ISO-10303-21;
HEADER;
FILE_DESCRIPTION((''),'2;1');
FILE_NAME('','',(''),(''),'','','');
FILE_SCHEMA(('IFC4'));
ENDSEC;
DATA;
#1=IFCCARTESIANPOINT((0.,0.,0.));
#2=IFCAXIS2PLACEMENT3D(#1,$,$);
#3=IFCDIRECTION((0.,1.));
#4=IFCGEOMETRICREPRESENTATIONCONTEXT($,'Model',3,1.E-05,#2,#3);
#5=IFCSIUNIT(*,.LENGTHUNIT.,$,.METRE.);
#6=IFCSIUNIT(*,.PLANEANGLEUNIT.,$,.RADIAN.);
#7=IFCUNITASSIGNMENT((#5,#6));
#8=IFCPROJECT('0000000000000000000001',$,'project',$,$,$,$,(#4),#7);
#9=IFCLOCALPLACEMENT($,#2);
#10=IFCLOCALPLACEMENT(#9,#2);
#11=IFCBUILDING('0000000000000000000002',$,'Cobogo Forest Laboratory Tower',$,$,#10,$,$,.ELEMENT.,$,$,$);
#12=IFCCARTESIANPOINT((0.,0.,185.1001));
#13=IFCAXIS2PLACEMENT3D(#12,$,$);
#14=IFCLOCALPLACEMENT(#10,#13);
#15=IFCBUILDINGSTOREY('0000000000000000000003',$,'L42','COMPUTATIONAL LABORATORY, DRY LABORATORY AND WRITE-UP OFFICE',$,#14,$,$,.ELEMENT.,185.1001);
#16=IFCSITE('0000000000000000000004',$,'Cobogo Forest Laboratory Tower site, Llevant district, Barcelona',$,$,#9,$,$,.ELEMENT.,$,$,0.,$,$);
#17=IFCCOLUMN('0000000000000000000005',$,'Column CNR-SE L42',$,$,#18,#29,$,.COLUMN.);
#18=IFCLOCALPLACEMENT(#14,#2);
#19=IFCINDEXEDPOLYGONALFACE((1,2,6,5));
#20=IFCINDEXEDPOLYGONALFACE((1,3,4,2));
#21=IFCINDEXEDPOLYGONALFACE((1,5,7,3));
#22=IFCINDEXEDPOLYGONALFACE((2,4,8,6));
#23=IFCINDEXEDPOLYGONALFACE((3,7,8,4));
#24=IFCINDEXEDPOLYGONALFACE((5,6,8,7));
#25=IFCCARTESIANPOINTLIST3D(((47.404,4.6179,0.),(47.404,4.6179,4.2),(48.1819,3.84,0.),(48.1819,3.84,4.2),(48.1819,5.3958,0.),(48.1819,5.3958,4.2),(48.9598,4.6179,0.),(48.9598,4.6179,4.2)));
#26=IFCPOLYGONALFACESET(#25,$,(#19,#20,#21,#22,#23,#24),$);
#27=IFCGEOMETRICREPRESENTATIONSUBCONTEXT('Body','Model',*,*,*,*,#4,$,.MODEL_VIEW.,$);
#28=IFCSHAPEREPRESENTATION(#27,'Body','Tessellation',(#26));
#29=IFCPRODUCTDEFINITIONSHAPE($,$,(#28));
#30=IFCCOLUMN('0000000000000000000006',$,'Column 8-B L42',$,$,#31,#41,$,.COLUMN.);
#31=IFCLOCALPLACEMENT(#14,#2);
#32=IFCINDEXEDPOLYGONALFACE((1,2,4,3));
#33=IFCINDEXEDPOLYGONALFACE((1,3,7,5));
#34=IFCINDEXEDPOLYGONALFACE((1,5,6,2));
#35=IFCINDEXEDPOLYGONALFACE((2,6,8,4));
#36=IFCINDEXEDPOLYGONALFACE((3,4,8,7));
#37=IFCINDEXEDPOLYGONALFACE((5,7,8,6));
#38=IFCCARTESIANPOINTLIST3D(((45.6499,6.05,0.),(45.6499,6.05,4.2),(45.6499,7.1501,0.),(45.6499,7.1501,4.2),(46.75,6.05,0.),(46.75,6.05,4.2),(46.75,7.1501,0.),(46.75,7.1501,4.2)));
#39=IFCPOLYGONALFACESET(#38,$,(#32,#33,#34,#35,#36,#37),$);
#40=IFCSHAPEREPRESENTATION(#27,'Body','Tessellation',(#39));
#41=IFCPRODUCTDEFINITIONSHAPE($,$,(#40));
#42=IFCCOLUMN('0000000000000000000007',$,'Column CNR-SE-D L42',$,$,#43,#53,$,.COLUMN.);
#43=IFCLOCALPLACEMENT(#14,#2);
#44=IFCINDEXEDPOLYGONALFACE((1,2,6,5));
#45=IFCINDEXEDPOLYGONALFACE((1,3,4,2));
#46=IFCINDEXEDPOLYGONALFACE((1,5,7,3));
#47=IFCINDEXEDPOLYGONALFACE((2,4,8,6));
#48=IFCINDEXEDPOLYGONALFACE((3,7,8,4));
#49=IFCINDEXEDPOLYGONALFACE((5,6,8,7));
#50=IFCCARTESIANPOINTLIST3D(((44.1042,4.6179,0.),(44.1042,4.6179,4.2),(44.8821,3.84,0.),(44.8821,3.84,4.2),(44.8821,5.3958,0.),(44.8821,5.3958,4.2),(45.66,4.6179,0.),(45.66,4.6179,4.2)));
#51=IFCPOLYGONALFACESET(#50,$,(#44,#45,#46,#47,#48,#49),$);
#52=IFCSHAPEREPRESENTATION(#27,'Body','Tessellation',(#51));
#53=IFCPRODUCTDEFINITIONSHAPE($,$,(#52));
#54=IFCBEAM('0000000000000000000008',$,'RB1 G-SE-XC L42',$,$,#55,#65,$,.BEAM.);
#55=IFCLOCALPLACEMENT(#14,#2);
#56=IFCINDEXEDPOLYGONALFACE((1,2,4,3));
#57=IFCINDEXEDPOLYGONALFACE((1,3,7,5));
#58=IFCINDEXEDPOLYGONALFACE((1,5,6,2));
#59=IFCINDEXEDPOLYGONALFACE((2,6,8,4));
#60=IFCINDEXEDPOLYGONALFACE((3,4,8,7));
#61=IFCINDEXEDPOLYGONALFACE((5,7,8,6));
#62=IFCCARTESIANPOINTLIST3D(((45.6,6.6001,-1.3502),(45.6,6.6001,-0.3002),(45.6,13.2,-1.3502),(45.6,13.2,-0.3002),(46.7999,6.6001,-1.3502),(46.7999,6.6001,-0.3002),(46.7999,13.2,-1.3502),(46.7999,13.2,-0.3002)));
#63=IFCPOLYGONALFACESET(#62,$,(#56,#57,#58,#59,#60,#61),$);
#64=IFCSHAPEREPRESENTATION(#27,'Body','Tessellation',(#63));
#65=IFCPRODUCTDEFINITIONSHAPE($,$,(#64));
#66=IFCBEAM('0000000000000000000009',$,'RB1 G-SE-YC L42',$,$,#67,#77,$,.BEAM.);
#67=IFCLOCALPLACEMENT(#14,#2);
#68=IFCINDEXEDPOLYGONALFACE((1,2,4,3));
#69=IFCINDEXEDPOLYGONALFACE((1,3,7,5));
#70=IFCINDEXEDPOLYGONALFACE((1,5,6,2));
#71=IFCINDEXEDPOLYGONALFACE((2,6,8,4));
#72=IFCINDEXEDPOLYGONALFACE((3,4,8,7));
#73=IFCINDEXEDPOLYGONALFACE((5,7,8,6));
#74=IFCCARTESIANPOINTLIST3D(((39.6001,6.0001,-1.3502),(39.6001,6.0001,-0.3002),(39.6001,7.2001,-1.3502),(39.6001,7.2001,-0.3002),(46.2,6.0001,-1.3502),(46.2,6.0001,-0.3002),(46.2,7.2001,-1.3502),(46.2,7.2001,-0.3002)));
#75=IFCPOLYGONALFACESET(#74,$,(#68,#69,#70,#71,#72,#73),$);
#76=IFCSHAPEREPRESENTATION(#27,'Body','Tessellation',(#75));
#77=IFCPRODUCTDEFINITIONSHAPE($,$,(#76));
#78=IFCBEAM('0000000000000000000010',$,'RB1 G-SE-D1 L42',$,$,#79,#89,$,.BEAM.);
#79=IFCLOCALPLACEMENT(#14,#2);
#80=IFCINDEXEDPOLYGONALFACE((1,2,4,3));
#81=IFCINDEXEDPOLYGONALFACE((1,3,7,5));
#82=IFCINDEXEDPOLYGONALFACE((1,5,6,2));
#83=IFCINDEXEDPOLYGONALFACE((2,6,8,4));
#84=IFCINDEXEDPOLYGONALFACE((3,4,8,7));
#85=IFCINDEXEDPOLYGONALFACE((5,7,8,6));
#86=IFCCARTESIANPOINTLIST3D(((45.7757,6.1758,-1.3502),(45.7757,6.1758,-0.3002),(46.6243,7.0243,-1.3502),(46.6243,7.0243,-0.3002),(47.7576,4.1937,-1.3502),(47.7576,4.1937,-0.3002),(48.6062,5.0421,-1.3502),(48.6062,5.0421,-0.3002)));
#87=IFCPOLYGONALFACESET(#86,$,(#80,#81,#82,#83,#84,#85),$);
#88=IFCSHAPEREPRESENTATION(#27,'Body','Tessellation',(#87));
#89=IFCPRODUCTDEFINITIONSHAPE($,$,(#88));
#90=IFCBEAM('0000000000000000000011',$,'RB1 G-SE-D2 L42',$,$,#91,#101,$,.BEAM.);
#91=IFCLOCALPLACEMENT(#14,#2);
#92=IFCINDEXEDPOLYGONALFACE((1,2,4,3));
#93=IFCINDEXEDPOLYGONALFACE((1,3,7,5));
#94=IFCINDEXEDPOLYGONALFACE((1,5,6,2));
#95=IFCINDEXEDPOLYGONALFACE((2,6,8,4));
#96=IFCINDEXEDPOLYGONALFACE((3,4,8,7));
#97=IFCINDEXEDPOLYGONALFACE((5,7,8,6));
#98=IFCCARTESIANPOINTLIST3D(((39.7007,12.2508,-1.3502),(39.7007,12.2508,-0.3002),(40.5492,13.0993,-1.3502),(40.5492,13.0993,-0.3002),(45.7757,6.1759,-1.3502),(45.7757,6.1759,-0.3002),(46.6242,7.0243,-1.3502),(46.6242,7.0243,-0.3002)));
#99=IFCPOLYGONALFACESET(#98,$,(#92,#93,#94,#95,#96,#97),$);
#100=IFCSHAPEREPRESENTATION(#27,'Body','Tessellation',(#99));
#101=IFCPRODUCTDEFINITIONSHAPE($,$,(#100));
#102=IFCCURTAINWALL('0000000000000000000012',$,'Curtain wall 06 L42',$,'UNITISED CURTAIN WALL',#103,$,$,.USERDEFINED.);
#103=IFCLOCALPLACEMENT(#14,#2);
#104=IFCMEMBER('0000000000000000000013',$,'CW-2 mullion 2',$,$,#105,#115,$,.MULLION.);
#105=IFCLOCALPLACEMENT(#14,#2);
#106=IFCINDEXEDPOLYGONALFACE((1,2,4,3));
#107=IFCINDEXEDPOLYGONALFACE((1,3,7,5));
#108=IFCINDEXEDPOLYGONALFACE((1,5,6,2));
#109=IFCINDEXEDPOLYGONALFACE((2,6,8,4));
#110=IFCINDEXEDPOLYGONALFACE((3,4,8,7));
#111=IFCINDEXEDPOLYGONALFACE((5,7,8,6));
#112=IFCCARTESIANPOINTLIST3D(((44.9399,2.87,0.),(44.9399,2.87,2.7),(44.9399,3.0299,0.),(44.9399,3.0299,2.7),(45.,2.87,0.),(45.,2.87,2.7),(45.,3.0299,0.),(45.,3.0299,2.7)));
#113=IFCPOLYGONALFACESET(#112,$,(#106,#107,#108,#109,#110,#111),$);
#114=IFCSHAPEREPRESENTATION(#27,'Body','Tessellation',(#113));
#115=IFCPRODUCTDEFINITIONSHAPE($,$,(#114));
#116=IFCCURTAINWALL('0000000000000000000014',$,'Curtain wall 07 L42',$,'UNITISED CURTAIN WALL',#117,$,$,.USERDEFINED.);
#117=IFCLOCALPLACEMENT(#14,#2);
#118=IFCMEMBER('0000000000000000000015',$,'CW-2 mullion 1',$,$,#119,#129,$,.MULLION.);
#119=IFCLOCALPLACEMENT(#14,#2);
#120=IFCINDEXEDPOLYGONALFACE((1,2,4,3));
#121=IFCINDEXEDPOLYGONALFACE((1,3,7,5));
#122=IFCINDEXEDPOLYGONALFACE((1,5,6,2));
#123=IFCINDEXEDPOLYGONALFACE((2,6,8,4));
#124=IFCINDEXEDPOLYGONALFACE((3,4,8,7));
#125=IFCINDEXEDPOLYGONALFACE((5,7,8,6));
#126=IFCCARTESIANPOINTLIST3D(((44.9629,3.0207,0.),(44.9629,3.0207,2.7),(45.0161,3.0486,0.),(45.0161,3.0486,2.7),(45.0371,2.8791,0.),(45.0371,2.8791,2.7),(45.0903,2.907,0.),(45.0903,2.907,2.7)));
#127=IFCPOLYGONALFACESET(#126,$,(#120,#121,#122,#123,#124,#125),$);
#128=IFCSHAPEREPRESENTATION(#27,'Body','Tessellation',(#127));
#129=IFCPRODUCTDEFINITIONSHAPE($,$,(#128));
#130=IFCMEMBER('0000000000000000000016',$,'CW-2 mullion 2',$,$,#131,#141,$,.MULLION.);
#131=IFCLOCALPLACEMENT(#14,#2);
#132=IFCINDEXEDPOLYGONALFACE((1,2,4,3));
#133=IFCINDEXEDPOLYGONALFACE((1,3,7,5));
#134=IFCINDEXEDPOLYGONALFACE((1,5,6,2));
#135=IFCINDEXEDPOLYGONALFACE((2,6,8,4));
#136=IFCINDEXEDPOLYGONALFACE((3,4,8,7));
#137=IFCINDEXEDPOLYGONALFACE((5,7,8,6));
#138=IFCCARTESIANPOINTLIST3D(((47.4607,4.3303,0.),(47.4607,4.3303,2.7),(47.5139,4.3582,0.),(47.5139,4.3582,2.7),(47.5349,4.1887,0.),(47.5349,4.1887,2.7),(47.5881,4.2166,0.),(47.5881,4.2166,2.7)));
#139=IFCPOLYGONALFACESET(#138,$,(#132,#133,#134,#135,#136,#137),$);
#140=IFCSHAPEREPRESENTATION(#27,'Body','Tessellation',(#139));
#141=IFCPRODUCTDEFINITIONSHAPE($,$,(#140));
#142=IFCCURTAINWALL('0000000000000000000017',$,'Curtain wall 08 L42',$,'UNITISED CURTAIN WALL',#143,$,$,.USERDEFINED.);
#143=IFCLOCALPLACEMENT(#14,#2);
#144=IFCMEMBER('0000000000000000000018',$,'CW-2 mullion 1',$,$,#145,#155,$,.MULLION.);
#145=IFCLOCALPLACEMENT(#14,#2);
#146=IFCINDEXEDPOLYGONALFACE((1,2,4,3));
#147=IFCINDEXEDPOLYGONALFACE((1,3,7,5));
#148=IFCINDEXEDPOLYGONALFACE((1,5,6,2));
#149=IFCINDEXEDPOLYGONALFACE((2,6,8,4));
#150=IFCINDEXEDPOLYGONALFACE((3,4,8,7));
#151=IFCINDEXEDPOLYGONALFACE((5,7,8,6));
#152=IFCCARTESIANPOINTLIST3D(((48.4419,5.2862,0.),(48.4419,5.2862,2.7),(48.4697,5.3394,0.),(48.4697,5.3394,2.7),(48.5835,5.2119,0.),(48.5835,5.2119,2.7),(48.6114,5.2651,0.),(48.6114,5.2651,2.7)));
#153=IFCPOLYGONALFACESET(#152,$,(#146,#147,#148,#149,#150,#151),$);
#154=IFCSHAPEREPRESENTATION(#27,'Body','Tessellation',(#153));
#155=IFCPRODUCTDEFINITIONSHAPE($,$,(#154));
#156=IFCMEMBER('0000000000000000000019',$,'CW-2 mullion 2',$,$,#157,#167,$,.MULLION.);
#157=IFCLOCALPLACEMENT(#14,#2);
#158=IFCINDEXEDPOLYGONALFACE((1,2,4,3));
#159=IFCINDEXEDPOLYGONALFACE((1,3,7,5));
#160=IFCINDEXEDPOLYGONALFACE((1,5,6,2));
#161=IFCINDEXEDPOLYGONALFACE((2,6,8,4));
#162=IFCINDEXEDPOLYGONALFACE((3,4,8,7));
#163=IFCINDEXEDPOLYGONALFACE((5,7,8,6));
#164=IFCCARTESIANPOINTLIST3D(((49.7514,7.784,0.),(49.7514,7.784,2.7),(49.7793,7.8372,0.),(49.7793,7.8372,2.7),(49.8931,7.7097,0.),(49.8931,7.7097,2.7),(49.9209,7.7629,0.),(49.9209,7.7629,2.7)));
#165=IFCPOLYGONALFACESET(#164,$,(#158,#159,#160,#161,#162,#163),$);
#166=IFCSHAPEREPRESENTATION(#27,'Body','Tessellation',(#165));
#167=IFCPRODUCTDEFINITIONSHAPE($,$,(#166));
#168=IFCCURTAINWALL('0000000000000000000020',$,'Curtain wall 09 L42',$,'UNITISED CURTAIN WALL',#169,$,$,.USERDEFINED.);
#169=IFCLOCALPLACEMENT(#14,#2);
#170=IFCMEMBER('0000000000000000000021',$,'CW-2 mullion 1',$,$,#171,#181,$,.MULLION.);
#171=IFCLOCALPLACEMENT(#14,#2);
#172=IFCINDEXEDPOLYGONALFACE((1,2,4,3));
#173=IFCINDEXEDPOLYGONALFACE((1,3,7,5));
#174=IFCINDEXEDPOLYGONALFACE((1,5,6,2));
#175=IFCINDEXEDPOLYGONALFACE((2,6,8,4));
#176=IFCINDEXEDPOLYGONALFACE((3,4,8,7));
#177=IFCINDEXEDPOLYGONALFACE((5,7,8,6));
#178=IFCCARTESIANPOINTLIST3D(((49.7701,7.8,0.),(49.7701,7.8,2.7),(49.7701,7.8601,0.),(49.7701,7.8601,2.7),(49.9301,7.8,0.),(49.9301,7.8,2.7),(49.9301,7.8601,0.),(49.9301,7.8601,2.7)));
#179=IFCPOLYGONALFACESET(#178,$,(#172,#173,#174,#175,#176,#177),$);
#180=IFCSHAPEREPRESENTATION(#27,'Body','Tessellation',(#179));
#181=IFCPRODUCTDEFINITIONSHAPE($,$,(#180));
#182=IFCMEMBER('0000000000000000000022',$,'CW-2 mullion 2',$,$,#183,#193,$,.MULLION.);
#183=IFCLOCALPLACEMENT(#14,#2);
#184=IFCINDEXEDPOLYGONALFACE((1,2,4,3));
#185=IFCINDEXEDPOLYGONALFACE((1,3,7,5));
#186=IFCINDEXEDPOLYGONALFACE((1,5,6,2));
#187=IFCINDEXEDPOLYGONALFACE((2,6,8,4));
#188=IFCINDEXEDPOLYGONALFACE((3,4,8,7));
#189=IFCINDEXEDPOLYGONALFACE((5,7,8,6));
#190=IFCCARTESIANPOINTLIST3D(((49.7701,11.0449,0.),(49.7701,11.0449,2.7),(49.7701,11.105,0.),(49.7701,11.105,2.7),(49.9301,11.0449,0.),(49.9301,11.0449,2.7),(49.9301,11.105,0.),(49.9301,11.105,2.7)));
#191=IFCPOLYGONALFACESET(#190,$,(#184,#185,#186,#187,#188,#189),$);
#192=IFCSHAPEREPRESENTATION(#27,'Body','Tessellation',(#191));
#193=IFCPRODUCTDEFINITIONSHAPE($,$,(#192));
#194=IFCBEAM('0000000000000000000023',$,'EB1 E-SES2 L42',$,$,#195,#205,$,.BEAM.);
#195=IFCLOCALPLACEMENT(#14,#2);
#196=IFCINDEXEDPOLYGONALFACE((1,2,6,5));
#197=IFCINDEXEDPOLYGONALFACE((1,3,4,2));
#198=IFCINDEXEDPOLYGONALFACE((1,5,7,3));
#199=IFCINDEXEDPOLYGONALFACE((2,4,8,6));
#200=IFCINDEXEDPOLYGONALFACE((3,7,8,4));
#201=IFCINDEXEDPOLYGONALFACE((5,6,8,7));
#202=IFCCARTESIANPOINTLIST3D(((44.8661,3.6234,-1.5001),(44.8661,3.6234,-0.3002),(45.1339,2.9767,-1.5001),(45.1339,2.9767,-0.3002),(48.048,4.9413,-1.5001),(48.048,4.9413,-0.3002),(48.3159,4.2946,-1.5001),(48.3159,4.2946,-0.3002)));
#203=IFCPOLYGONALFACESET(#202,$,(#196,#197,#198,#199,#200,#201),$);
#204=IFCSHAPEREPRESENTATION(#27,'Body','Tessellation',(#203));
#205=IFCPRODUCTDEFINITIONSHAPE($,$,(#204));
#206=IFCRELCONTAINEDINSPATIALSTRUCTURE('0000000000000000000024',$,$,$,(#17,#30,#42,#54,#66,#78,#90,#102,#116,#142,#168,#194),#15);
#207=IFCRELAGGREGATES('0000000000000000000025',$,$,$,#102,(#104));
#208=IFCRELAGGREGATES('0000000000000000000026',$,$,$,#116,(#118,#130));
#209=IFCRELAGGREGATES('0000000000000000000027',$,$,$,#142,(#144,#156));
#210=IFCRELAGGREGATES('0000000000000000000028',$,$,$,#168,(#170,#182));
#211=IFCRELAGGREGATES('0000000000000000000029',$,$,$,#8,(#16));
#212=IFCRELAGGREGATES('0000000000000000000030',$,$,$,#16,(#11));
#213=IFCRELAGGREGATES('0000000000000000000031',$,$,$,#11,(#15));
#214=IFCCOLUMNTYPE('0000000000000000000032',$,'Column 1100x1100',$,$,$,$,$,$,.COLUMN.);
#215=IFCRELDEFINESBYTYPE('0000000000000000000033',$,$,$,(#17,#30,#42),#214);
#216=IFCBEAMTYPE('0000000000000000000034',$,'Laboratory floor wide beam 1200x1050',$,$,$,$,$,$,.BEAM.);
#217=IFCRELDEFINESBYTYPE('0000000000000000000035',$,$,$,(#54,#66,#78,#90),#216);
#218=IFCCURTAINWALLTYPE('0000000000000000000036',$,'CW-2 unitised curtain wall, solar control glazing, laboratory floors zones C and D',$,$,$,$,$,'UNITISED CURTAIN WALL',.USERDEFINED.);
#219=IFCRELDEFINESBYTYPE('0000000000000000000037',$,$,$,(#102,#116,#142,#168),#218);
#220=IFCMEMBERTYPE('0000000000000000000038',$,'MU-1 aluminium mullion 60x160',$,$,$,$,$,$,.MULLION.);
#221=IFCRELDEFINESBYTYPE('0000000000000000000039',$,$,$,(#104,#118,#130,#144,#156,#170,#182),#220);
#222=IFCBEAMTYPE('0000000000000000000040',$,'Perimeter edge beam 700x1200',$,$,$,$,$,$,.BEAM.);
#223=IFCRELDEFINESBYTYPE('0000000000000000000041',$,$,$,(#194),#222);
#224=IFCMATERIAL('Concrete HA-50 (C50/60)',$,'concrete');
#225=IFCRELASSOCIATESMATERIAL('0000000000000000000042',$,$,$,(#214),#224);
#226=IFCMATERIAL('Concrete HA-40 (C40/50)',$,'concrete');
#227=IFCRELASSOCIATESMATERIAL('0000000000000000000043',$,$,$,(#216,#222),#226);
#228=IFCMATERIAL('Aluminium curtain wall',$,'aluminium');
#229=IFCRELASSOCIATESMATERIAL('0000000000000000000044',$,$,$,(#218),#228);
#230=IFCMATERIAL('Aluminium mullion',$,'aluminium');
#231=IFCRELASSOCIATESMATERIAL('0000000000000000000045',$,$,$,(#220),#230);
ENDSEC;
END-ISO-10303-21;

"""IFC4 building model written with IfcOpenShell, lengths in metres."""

from ifc_helpers import new_model, si_unit, direction, frame, origin, origin_2d, place, context, subcontext, project, spatial, rectangle, extrude, material, material_profile, profile_set, type_object, element, aggregate, save


model = new_model("IFC4")

# Units and contexts
model_context = context("Model", 3, precision=1e-05, world=origin(), true_north=direction((0.0, 1.0)))
body_context = subcontext(model_context, "Body", "Model", "MODEL_VIEW")
ifc_project = project(units=[si_unit("LENGTHUNIT", "METRE"), si_unit("PLANEANGLEUNIT", "RADIAN")], contexts=[model_context])

# Site, building, storey
site_placement = place(None, origin())
site = spatial("IfcSite", under=ifc_project, at=site_placement, Name="Cobogo Forest Laboratory Tower site, Llevant district, Barcelona", CompositionType="ELEMENT", RefElevation=0.0)
building_placement = place(site_placement, origin())
building = spatial("IfcBuilding", under=site, at=building_placement, Name="Cobogo Forest Laboratory Tower", CompositionType="ELEMENT")
storey_placement = place(building_placement, frame((0.0, 0.0, 185.1001)))
storey = spatial("IfcBuildingStorey", under=building, at=storey_placement, Name="L42", Description="COMPUTATIONAL LABORATORY, DRY LABORATORY AND WRITE-UP OFFICE", CompositionType="ELEMENT", Elevation=185.1001)

# Columns
ifc_material_1 = material(Name="Concrete HA-50 (C50/60)", Category="concrete")
ifc_material_profile_1 = material_profile(ifc_material_1, rectangle(XDim=1.1001, YDim=1.1001, at=origin_2d()), Name="RC 1100x1100")
ifc_profile_set_1 = profile_set([ifc_material_profile_1], Name="Concrete HA-50 (C50/60)")
column_type = type_object("IfcColumnType", Name="Column 1100x1100", PredefinedType="COLUMN", material=ifc_profile_set_1)
for number, where, z_axis, x_axis, name in (
    (1, (48.1819, 4.6179, 0.0), (0.0, 0.0, 1.0), (0.707107, 0.707107, 0.0), "Column CNR-SE L42"),
    (2, (46.2, 6.6001, 0.0), (0.0, 0.0, 1.0), (1.0, 0.0, 0.0), "Column 8-B L42"),
    (3, (44.8821, 4.6179, 0.0), (0.0, 0.0, 1.0), (0.707107, 0.707107, 0.0), "Column CNR-SE-D L42"),
):
    element("IfcColumn", number, at=place(storey_placement, frame(where, z_axis=z_axis, x_axis=x_axis)), inside=storey, type_object=column_type, Name=name, PredefinedType="COLUMN", context=body_context, shape_type="SweptSolid", body=[
        extrude(rectangle(XDim=1.1001, YDim=1.1001, at=origin_2d()), origin(), (0.0, 0.0, 1.0), 4.2),
    ])

# Beams
ifc_material_2 = material(Name="Concrete HA-40 (C40/50)", Category="concrete")
ifc_material_profile_2 = material_profile(ifc_material_2, rectangle(XDim=1.2, YDim=1.05, at=origin_2d()), Name="RC 1200x1050")
ifc_profile_set_2 = profile_set([ifc_material_profile_2], Name="Concrete HA-40 (C40/50)")
beam_type_1 = type_object("IfcBeamType", Name="Laboratory floor wide beam 1200x1050", PredefinedType="BEAM", material=ifc_profile_set_2)
for number, where, z_axis, x_axis, name in (
    (4, (46.2, 6.6001, -0.8252), (0.0, 1.0, 0.0), (-1.0, 0.0, 0.0), "RB1 G-SE-XC L42"),
    (5, (46.2, 6.6001, -0.8252), (-1.0, 0.0, 0.0), (0.0, -1.0, 0.0), "RB1 G-SE-YC L42"),
):
    element("IfcBeam", number, at=place(storey_placement, frame(where, z_axis=z_axis, x_axis=x_axis)), inside=storey, type_object=beam_type_1, Name=name, PredefinedType="BEAM", context=body_context, shape_type="SweptSolid", body=[
        extrude(rectangle(XDim=1.2, YDim=1.05, at=origin_2d()), origin(), (0.0, 0.0, 1.0), 6.5999),
    ])
beam_1_placement = place(storey_placement, frame((48.1819, 4.6179, -0.8252), z_axis=(-0.707063, 0.70715, 0.0), x_axis=(-0.70715, -0.707063, 0.0)))
element("IfcBeam", 6, at=beam_1_placement, inside=storey, type_object=beam_type_1, Name="RB1 G-SE-D1 L42", PredefinedType="BEAM", context=body_context, shape_type="SweptSolid", body=[
    extrude(rectangle(XDim=1.2, YDim=1.05, at=origin_2d()), origin(), (0.0, 0.0, 1.0), 2.803),
])
beam_2_placement = place(storey_placement, frame((46.2, 6.6001, -0.8252), z_axis=(-0.707107, 0.707107, 0.0), x_axis=(-0.707107, -0.707107, 0.0)))
element("IfcBeam", 7, at=beam_2_placement, inside=storey, type_object=beam_type_1, Name="RB1 G-SE-D2 L42", PredefinedType="BEAM", context=body_context, shape_type="SweptSolid", body=[
    extrude(rectangle(XDim=1.2, YDim=1.05, at=origin_2d()), origin(), (0.0, 0.0, 1.0), 8.5913),
])

# Curtain wall, member
ifc_material_3 = material(Name="Aluminium curtain wall", Category="aluminium")
curtain_wall_type = type_object("IfcCurtainWallType", Name="CW-2 unitised curtain wall, solar control glazing, laboratory floors zones C and D", ElementType="UNITISED CURTAIN WALL", PredefinedType="USERDEFINED", material=ifc_material_3)
curtain_wall_1_placement = place(storey_placement, origin())
curtain_wall_1 = element("IfcCurtainWall", 8, at=curtain_wall_1_placement, inside=storey, type_object=curtain_wall_type, Name="Curtain wall 06 L42", ObjectType="UNITISED CURTAIN WALL", PredefinedType="USERDEFINED")
ifc_material_4 = material(Name="Aluminium mullion", Category="aluminium")
ifc_material_profile_3 = material_profile(ifc_material_4, rectangle(XDim=0.0601, YDim=0.1599, at=origin_2d()), Name="AL 60x160")
ifc_profile_set_3 = profile_set([ifc_material_profile_3], Name="Aluminium mullion")
member_type_1 = type_object("IfcMemberType", Name="MU-1 aluminium mullion 60x160", PredefinedType="MULLION", material=ifc_profile_set_3)
member_1_placement = place(storey_placement, frame((44.97, 2.95, 0.0), z_axis=(0.0, 0.0, 1.0), x_axis=(1.0, 0.0, 0.0)))
member_1 = element("IfcMember", 9, at=member_1_placement, type_object=member_type_1, Name="CW-2 mullion 2", PredefinedType="MULLION", context=body_context, shape_type="SweptSolid", body=[
    extrude(rectangle(XDim=0.0601, YDim=0.1599, at=origin_2d()), origin(), (0.0, 0.0, 1.0), 2.7),
])
aggregate(curtain_wall_1, [member_1])

# Curtain walls, members
curtain_wall_2_placement = place(storey_placement, origin())
curtain_wall_2 = element("IfcCurtainWall", 10, at=curtain_wall_2_placement, inside=storey, type_object=curtain_wall_type, Name="Curtain wall 07 L42", ObjectType="UNITISED CURTAIN WALL", PredefinedType="USERDEFINED")
member_2_placement = place(storey_placement, frame((45.0266, 2.9639, 0.0), z_axis=(0.0, 0.0, 1.0), x_axis=(0.885686, 0.464284, 0.0)))
member_2 = element("IfcMember", 11, at=member_2_placement, type_object=member_type_1, Name="CW-2 mullion 1", PredefinedType="MULLION", context=body_context, shape_type="SweptSolid", body=[
    extrude(rectangle(XDim=0.0601, YDim=0.1599, at=origin_2d()), origin(), (0.0, 0.0, 1.0), 2.7),
])
member_3_placement = place(storey_placement, frame((47.5244, 4.2734, 0.0), z_axis=(0.0, 0.0, 1.0), x_axis=(0.885686, 0.464284, 0.0)))
member_3 = element("IfcMember", 12, at=member_3_placement, type_object=member_type_1, Name="CW-2 mullion 2", PredefinedType="MULLION", context=body_context, shape_type="SweptSolid", body=[
    extrude(rectangle(XDim=0.0601, YDim=0.1599, at=origin_2d()), origin(), (0.0, 0.0, 1.0), 2.7),
])
curtain_wall_3_placement = place(storey_placement, origin())
curtain_wall_3 = element("IfcCurtainWall", 13, at=curtain_wall_3_placement, inside=storey, type_object=curtain_wall_type, Name="Curtain wall 08 L42", ObjectType="UNITISED CURTAIN WALL", PredefinedType="USERDEFINED")
member_4_placement = place(storey_placement, frame((48.5266, 5.2756, 0.0), z_axis=(0.0, 0.0, 1.0), x_axis=(0.464284, 0.885686, 0.0)))
member_4 = element("IfcMember", 14, at=member_4_placement, type_object=member_type_1, Name="CW-2 mullion 1", PredefinedType="MULLION", context=body_context, shape_type="SweptSolid", body=[
    extrude(rectangle(XDim=0.0601, YDim=0.1599, at=origin_2d()), origin(), (0.0, 0.0, 1.0), 2.7),
])
member_5_placement = place(storey_placement, frame((49.8362, 7.7734, 0.0), z_axis=(0.0, 0.0, 1.0), x_axis=(0.464284, 0.885686, 0.0)))
member_5 = element("IfcMember", 15, at=member_5_placement, type_object=member_type_1, Name="CW-2 mullion 2", PredefinedType="MULLION", context=body_context, shape_type="SweptSolid", body=[
    extrude(rectangle(XDim=0.0601, YDim=0.1599, at=origin_2d()), origin(), (0.0, 0.0, 1.0), 2.7),
])
curtain_wall_4_placement = place(storey_placement, origin())
curtain_wall_4 = element("IfcCurtainWall", 16, at=curtain_wall_4_placement, inside=storey, type_object=curtain_wall_type, Name="Curtain wall 09 L42", ObjectType="UNITISED CURTAIN WALL", PredefinedType="USERDEFINED")
member_6_placement = place(storey_placement, frame((49.8501, 7.8301, 0.0), z_axis=(0.0, 0.0, 1.0), x_axis=(0.0, 1.0, 0.0)))
member_6 = element("IfcMember", 17, at=member_6_placement, type_object=member_type_1, Name="CW-2 mullion 1", PredefinedType="MULLION", context=body_context, shape_type="SweptSolid", body=[
    extrude(rectangle(XDim=0.0601, YDim=0.1599, at=origin_2d()), origin(), (0.0, 0.0, 1.0), 2.7),
])
member_7_placement = place(storey_placement, frame((49.8501, 11.075, 0.0), z_axis=(0.0, 0.0, 1.0), x_axis=(0.0, 1.0, 0.0)))
member_7 = element("IfcMember", 18, at=member_7_placement, type_object=member_type_1, Name="CW-2 mullion 2", PredefinedType="MULLION", context=body_context, shape_type="SweptSolid", body=[
    extrude(rectangle(XDim=0.0601, YDim=0.1599, at=origin_2d()), origin(), (0.0, 0.0, 1.0), 2.7),
])

# Beam
ifc_material_profile_4 = material_profile(ifc_material_2, rectangle(XDim=0.7, YDim=1.2, at=origin_2d()), Name="RC 700x1200")
ifc_profile_set_4 = profile_set([ifc_material_profile_4], Name="Concrete HA-40 (C40/50)")
beam_type_2 = type_object("IfcBeamType", Name="Perimeter edge beam 700x1200", PredefinedType="BEAM", material=ifc_profile_set_4)
beam_3_placement = place(storey_placement, frame((45.0, 3.3, -0.9001), z_axis=(0.923891, 0.382656, 0.0), x_axis=(-0.382656, 0.923891, 0.0)))
element("IfcBeam", 19, at=beam_3_placement, inside=storey, type_object=beam_type_2, Name="EB1 E-SES2 L42", PredefinedType="BEAM", context=body_context, shape_type="SweptSolid", body=[
    extrude(rectangle(XDim=0.7, YDim=1.2, at=origin_2d()), origin(), (0.0, 0.0, 1.0), 3.4441),
])

aggregate(curtain_wall_2, [member_2, member_3])
aggregate(curtain_wall_3, [member_4, member_5])
aggregate(curtain_wall_4, [member_6, member_7])

save(model, "model.ifc")
